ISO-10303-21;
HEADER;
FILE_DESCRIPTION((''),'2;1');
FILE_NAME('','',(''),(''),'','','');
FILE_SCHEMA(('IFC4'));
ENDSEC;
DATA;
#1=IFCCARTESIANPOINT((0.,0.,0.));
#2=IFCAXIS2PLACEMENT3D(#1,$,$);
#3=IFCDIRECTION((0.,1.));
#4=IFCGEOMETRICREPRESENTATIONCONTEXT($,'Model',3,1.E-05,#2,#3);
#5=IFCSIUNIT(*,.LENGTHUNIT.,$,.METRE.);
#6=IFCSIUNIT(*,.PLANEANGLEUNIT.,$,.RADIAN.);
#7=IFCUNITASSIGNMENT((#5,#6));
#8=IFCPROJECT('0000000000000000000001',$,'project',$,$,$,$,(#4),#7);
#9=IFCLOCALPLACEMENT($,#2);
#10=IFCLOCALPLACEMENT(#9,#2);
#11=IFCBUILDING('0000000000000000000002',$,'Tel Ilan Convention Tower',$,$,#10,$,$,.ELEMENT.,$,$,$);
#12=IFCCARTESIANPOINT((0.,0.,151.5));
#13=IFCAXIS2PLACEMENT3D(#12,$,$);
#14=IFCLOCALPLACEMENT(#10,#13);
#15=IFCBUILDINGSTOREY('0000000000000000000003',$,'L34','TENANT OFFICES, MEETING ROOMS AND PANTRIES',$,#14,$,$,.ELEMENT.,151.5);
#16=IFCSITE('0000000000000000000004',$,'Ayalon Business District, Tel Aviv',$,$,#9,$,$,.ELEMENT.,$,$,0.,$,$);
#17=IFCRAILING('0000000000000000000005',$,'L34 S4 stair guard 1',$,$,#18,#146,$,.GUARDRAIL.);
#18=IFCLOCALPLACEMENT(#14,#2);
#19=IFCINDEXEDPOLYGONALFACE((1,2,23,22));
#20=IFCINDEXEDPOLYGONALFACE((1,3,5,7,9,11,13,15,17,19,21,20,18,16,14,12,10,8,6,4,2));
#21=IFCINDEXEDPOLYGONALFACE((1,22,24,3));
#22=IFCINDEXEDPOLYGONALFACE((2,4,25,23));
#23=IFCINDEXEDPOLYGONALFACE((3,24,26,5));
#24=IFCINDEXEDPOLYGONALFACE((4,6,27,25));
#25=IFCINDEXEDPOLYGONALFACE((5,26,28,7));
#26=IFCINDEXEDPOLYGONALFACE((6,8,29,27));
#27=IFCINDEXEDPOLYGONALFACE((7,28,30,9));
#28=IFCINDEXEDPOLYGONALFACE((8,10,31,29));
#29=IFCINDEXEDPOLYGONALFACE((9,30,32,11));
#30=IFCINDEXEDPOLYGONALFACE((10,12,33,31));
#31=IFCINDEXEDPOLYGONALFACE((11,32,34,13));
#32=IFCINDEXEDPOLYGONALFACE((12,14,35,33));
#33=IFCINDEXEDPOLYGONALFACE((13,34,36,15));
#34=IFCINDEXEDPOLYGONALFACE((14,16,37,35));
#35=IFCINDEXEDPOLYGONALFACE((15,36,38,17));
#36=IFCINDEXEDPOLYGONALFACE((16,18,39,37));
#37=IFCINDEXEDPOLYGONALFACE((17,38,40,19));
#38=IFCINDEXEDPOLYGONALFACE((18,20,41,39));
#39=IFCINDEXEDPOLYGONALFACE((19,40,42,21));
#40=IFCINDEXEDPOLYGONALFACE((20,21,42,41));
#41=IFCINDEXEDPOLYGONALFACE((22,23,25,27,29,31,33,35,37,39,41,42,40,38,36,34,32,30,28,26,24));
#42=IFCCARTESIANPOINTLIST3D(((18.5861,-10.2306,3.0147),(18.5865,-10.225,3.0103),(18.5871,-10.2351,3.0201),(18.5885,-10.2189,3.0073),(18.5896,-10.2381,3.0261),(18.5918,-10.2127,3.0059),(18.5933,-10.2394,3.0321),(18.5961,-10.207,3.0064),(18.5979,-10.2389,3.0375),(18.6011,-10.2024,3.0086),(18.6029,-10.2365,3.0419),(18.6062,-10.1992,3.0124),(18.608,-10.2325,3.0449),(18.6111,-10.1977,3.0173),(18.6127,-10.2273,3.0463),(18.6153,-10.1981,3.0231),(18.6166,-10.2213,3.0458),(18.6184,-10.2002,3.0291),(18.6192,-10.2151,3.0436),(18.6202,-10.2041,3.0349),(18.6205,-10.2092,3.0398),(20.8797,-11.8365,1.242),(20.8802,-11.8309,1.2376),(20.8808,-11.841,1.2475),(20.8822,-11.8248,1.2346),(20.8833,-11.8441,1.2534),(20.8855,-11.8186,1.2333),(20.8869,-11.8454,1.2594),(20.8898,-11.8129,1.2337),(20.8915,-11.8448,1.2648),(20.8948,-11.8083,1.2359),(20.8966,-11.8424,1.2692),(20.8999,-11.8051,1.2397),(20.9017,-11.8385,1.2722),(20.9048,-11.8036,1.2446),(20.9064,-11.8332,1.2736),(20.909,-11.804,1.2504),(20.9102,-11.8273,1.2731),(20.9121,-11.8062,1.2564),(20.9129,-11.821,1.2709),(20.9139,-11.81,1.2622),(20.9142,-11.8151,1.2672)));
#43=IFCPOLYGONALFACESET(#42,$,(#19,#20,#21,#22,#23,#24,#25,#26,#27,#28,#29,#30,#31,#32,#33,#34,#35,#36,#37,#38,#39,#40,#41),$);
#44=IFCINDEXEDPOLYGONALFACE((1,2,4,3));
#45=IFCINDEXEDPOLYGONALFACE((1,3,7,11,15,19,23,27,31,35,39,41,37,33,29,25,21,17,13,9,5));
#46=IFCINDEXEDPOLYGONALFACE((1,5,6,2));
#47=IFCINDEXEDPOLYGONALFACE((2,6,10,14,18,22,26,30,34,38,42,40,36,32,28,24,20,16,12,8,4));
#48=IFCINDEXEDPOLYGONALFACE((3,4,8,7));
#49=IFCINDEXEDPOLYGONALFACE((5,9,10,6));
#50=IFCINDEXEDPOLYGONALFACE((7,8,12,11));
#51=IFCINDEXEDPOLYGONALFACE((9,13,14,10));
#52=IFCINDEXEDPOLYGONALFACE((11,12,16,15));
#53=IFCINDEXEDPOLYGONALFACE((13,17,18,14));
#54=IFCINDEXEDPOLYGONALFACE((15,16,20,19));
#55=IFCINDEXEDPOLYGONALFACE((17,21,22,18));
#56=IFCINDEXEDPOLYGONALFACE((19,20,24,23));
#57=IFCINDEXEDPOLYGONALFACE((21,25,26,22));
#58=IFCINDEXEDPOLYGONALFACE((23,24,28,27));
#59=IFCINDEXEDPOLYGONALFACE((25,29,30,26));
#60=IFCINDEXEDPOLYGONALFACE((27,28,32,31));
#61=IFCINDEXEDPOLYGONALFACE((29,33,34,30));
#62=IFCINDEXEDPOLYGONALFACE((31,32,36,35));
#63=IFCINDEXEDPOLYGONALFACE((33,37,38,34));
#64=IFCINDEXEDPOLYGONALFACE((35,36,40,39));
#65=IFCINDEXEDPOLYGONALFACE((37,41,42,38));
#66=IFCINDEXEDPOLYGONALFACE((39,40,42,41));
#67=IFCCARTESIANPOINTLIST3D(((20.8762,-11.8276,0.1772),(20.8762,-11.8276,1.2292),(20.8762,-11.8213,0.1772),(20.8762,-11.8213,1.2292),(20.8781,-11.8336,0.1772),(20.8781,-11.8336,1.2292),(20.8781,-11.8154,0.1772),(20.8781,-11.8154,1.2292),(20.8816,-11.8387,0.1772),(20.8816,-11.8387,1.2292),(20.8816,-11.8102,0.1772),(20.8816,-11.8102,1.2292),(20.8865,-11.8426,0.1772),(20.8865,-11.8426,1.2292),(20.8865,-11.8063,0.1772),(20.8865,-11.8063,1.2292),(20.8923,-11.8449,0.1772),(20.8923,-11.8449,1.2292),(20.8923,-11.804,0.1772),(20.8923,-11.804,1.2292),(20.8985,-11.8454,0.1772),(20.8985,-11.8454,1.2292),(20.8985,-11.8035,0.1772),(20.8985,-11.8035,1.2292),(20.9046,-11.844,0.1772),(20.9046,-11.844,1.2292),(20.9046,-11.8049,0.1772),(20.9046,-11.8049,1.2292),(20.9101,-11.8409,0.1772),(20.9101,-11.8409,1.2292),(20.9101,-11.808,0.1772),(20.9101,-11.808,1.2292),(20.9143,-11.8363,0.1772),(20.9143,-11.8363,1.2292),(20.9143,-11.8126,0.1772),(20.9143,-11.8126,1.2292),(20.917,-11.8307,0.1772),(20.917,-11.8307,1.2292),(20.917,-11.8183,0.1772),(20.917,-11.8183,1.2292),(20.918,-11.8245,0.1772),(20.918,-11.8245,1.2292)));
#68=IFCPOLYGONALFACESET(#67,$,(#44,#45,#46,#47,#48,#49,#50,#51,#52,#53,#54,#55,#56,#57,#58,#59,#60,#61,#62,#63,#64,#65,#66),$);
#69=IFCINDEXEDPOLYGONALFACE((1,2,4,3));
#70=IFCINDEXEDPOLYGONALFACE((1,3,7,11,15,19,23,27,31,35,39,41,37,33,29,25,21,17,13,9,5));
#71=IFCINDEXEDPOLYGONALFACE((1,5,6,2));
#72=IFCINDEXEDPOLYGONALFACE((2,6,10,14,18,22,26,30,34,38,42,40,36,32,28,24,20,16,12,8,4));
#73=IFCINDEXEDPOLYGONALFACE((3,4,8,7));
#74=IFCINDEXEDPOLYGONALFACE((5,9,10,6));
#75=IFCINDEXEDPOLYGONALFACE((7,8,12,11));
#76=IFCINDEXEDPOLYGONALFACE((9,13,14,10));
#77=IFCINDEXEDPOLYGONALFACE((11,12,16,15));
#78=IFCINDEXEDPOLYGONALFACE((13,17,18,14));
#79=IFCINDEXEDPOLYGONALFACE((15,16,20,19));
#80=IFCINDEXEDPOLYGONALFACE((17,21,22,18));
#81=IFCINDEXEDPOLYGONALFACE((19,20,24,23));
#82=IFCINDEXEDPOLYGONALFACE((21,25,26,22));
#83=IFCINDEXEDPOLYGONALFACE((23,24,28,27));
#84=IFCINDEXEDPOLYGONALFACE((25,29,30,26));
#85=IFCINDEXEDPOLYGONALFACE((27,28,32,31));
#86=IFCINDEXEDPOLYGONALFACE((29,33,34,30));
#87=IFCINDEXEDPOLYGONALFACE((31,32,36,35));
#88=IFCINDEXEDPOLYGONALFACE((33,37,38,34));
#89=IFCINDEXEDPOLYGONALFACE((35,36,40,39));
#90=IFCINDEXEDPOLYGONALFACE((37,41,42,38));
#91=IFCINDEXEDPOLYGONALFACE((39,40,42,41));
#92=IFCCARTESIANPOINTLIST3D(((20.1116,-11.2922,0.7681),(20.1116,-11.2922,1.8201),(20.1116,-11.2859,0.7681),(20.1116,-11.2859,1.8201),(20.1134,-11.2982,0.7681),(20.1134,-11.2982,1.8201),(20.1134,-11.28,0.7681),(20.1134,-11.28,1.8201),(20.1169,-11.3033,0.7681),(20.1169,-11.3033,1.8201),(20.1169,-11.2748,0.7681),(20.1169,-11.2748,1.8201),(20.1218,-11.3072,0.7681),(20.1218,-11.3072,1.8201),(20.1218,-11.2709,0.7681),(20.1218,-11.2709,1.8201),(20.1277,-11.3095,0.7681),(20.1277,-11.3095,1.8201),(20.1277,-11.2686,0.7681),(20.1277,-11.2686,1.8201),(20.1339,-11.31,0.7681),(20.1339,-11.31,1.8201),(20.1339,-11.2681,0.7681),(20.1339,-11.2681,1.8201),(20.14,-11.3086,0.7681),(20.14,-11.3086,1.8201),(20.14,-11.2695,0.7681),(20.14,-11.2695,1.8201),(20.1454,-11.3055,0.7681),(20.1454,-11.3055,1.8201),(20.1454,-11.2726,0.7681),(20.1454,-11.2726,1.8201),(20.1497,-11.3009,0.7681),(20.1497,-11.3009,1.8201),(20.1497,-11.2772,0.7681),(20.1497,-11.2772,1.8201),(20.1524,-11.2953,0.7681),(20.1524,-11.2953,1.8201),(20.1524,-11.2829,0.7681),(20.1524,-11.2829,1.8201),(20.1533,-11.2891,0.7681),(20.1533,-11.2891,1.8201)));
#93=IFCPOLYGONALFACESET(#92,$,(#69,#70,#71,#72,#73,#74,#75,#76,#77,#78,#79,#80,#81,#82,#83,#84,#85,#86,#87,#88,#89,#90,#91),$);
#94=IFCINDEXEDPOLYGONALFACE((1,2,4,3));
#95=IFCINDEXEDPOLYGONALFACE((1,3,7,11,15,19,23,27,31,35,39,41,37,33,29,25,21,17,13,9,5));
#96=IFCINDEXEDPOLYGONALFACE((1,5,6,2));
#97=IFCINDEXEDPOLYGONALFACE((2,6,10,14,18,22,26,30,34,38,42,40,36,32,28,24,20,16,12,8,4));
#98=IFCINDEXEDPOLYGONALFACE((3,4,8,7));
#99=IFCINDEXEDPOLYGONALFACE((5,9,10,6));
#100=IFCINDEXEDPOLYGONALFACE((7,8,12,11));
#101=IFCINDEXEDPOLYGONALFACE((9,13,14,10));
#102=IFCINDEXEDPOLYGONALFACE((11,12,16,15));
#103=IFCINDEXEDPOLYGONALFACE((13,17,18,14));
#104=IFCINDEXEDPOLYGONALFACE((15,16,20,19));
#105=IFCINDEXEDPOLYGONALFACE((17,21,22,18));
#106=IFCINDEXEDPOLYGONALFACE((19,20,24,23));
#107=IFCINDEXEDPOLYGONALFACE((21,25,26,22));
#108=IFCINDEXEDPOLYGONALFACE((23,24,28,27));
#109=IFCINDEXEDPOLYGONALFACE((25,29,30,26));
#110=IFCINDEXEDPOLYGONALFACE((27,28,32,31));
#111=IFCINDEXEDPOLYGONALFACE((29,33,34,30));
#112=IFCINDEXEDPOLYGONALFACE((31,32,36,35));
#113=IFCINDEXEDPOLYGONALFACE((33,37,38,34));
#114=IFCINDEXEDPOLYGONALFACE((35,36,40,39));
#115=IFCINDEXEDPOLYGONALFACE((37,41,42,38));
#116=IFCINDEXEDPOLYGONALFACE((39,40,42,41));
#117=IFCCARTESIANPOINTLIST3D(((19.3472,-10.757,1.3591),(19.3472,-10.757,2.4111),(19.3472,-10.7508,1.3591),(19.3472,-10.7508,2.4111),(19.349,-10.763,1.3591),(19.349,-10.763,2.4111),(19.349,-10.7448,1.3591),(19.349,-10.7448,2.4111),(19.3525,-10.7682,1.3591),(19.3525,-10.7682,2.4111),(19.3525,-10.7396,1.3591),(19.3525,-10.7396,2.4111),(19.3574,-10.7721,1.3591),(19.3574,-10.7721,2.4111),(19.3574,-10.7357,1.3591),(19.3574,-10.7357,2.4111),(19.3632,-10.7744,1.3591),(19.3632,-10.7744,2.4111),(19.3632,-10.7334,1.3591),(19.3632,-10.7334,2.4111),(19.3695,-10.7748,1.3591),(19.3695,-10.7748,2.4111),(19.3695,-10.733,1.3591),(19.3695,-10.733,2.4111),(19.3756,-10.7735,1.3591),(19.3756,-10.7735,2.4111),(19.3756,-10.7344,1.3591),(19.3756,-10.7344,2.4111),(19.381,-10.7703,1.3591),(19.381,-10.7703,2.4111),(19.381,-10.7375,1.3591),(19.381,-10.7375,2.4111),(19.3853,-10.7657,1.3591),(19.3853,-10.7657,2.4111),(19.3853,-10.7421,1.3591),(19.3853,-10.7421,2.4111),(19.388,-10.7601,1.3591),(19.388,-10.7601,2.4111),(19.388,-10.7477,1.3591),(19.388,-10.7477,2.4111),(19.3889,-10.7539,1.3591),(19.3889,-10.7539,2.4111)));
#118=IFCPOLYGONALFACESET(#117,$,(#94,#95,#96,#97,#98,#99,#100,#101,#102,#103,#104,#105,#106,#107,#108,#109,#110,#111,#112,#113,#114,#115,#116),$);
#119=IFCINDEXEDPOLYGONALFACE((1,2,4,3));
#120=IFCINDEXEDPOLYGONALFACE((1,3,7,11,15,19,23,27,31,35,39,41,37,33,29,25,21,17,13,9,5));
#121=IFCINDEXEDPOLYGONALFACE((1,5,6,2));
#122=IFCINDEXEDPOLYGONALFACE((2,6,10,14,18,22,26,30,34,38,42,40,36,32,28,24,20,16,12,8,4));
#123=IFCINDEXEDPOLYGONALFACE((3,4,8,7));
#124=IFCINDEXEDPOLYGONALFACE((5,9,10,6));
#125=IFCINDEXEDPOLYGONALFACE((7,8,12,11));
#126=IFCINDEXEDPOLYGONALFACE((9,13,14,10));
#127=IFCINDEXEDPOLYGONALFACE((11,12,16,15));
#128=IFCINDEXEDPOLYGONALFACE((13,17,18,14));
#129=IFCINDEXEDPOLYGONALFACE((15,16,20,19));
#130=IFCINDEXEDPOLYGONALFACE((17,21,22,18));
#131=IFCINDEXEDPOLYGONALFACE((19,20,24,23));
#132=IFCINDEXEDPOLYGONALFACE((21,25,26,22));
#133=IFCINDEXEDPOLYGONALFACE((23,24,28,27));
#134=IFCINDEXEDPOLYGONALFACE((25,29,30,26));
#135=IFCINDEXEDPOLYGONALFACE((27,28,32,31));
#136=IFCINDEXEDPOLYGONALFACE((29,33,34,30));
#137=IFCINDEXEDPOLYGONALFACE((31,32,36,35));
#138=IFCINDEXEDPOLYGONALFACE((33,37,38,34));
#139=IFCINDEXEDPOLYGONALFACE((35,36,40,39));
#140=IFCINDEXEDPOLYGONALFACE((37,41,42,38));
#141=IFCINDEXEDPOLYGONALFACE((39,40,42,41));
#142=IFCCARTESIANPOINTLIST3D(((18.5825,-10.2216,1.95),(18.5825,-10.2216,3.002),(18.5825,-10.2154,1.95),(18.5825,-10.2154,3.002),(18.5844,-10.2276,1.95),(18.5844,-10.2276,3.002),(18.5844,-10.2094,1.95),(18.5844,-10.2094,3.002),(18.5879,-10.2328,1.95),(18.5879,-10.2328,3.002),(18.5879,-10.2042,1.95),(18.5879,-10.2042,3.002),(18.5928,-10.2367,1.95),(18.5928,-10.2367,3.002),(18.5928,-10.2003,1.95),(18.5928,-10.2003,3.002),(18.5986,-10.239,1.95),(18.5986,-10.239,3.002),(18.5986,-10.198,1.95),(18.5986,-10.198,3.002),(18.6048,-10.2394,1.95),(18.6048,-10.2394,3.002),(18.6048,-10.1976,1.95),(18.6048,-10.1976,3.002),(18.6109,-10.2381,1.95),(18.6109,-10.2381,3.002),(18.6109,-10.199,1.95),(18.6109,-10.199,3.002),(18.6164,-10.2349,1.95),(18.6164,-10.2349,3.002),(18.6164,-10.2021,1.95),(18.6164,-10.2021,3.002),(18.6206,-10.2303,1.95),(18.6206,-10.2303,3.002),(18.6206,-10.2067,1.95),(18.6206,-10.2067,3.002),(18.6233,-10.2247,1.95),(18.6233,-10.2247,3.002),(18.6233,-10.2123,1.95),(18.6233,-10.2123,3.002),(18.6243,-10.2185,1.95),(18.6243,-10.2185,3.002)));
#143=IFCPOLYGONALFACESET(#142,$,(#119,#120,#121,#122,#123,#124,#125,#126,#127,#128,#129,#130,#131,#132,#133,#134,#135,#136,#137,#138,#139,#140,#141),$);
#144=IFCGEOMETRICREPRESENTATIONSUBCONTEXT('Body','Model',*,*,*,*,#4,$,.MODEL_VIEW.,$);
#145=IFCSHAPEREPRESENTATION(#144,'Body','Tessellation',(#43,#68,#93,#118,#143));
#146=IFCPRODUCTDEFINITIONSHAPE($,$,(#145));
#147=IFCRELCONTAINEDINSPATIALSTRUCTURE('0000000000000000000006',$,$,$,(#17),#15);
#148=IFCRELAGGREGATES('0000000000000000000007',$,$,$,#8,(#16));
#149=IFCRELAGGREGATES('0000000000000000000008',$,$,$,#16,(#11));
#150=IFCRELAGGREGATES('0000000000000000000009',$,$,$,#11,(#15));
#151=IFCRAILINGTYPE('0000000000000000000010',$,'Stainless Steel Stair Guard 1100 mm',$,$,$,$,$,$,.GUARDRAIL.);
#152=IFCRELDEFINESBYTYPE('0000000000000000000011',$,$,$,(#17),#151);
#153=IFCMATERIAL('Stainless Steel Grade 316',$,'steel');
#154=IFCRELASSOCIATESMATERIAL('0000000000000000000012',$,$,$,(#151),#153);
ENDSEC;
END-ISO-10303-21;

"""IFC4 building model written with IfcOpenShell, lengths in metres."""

from ifc_helpers import new_model, si_unit, direction, frame, origin, origin_2d, place, context, subcontext, project, spatial, circle, extrude, material, type_object, element, save


model = new_model("IFC4")

# Units and contexts
model_context = context("Model", 3, precision=1e-05, world=origin(), true_north=direction((0.0, 1.0)))
body_context = subcontext(model_context, "Body", "Model", "MODEL_VIEW")
ifc_project = project(units=[si_unit("LENGTHUNIT", "METRE"), si_unit("PLANEANGLEUNIT", "RADIAN")], contexts=[model_context])

# Site, building, storey
site_placement = place(None, origin())
site = spatial("IfcSite", under=ifc_project, at=site_placement, Name="Ayalon Business District, Tel Aviv", CompositionType="ELEMENT", RefElevation=0.0)
building_placement = place(site_placement, origin())
building = spatial("IfcBuilding", under=site, at=building_placement, Name="Tel Ilan Convention Tower", CompositionType="ELEMENT")
storey_placement = place(building_placement, frame((0.0, 0.0, 151.5)))
storey = spatial("IfcBuildingStorey", under=building, at=storey_placement, Name="L34", Description="TENANT OFFICES, MEETING ROOMS AND PANTRIES", CompositionType="ELEMENT", Elevation=151.5)

# Railing
ifc_material_1 = material(Name="Stainless Steel Grade 316", Category="steel")
railing_type_1 = type_object("IfcRailingType", Name="Stainless Steel Stair Guard 1100 mm", PredefinedType="GUARDRAIL", material=ifc_material_1)
railing_1_placement = place(storey_placement, frame((20.897, -11.8245, 0.1772)))
element("IfcRailing", 1, at=railing_1_placement, inside=storey, type_object=railing_type_1, Name="L34 S4 stair guard 1", PredefinedType="GUARDRAIL", context=body_context, shape_type="SweptSolid", body=[
    extrude(circle(Radius=0.0239, at=origin_2d()), frame((0.0, 0.0, 1.0762), z_axis=(-0.692123, 0.484597, 0.534913), x_axis=(-0.57355, -0.81917, 0.0)), (0.0, 0.0, 1.0), 3.314),
    extrude(circle(Radius=0.021, at=origin_2d()), origin(), (0.0, 0.0, 1.0), 1.052),
    extrude(circle(Radius=0.021, at=origin_2d()), frame((-0.7646, 0.5354, 0.5908)), (0.0, 0.0, 1.0), 1.052),
    extrude(circle(Radius=0.021, at=origin_2d()), frame((-1.5291, 1.0706, 1.1819)), (0.0, 0.0, 1.0), 1.052),
    extrude(circle(Radius=0.021, at=origin_2d()), frame((-2.2937, 1.606, 1.7727)), (0.0, 0.0, 1.0), 1.052),
])

save(model, "model.ifc")
